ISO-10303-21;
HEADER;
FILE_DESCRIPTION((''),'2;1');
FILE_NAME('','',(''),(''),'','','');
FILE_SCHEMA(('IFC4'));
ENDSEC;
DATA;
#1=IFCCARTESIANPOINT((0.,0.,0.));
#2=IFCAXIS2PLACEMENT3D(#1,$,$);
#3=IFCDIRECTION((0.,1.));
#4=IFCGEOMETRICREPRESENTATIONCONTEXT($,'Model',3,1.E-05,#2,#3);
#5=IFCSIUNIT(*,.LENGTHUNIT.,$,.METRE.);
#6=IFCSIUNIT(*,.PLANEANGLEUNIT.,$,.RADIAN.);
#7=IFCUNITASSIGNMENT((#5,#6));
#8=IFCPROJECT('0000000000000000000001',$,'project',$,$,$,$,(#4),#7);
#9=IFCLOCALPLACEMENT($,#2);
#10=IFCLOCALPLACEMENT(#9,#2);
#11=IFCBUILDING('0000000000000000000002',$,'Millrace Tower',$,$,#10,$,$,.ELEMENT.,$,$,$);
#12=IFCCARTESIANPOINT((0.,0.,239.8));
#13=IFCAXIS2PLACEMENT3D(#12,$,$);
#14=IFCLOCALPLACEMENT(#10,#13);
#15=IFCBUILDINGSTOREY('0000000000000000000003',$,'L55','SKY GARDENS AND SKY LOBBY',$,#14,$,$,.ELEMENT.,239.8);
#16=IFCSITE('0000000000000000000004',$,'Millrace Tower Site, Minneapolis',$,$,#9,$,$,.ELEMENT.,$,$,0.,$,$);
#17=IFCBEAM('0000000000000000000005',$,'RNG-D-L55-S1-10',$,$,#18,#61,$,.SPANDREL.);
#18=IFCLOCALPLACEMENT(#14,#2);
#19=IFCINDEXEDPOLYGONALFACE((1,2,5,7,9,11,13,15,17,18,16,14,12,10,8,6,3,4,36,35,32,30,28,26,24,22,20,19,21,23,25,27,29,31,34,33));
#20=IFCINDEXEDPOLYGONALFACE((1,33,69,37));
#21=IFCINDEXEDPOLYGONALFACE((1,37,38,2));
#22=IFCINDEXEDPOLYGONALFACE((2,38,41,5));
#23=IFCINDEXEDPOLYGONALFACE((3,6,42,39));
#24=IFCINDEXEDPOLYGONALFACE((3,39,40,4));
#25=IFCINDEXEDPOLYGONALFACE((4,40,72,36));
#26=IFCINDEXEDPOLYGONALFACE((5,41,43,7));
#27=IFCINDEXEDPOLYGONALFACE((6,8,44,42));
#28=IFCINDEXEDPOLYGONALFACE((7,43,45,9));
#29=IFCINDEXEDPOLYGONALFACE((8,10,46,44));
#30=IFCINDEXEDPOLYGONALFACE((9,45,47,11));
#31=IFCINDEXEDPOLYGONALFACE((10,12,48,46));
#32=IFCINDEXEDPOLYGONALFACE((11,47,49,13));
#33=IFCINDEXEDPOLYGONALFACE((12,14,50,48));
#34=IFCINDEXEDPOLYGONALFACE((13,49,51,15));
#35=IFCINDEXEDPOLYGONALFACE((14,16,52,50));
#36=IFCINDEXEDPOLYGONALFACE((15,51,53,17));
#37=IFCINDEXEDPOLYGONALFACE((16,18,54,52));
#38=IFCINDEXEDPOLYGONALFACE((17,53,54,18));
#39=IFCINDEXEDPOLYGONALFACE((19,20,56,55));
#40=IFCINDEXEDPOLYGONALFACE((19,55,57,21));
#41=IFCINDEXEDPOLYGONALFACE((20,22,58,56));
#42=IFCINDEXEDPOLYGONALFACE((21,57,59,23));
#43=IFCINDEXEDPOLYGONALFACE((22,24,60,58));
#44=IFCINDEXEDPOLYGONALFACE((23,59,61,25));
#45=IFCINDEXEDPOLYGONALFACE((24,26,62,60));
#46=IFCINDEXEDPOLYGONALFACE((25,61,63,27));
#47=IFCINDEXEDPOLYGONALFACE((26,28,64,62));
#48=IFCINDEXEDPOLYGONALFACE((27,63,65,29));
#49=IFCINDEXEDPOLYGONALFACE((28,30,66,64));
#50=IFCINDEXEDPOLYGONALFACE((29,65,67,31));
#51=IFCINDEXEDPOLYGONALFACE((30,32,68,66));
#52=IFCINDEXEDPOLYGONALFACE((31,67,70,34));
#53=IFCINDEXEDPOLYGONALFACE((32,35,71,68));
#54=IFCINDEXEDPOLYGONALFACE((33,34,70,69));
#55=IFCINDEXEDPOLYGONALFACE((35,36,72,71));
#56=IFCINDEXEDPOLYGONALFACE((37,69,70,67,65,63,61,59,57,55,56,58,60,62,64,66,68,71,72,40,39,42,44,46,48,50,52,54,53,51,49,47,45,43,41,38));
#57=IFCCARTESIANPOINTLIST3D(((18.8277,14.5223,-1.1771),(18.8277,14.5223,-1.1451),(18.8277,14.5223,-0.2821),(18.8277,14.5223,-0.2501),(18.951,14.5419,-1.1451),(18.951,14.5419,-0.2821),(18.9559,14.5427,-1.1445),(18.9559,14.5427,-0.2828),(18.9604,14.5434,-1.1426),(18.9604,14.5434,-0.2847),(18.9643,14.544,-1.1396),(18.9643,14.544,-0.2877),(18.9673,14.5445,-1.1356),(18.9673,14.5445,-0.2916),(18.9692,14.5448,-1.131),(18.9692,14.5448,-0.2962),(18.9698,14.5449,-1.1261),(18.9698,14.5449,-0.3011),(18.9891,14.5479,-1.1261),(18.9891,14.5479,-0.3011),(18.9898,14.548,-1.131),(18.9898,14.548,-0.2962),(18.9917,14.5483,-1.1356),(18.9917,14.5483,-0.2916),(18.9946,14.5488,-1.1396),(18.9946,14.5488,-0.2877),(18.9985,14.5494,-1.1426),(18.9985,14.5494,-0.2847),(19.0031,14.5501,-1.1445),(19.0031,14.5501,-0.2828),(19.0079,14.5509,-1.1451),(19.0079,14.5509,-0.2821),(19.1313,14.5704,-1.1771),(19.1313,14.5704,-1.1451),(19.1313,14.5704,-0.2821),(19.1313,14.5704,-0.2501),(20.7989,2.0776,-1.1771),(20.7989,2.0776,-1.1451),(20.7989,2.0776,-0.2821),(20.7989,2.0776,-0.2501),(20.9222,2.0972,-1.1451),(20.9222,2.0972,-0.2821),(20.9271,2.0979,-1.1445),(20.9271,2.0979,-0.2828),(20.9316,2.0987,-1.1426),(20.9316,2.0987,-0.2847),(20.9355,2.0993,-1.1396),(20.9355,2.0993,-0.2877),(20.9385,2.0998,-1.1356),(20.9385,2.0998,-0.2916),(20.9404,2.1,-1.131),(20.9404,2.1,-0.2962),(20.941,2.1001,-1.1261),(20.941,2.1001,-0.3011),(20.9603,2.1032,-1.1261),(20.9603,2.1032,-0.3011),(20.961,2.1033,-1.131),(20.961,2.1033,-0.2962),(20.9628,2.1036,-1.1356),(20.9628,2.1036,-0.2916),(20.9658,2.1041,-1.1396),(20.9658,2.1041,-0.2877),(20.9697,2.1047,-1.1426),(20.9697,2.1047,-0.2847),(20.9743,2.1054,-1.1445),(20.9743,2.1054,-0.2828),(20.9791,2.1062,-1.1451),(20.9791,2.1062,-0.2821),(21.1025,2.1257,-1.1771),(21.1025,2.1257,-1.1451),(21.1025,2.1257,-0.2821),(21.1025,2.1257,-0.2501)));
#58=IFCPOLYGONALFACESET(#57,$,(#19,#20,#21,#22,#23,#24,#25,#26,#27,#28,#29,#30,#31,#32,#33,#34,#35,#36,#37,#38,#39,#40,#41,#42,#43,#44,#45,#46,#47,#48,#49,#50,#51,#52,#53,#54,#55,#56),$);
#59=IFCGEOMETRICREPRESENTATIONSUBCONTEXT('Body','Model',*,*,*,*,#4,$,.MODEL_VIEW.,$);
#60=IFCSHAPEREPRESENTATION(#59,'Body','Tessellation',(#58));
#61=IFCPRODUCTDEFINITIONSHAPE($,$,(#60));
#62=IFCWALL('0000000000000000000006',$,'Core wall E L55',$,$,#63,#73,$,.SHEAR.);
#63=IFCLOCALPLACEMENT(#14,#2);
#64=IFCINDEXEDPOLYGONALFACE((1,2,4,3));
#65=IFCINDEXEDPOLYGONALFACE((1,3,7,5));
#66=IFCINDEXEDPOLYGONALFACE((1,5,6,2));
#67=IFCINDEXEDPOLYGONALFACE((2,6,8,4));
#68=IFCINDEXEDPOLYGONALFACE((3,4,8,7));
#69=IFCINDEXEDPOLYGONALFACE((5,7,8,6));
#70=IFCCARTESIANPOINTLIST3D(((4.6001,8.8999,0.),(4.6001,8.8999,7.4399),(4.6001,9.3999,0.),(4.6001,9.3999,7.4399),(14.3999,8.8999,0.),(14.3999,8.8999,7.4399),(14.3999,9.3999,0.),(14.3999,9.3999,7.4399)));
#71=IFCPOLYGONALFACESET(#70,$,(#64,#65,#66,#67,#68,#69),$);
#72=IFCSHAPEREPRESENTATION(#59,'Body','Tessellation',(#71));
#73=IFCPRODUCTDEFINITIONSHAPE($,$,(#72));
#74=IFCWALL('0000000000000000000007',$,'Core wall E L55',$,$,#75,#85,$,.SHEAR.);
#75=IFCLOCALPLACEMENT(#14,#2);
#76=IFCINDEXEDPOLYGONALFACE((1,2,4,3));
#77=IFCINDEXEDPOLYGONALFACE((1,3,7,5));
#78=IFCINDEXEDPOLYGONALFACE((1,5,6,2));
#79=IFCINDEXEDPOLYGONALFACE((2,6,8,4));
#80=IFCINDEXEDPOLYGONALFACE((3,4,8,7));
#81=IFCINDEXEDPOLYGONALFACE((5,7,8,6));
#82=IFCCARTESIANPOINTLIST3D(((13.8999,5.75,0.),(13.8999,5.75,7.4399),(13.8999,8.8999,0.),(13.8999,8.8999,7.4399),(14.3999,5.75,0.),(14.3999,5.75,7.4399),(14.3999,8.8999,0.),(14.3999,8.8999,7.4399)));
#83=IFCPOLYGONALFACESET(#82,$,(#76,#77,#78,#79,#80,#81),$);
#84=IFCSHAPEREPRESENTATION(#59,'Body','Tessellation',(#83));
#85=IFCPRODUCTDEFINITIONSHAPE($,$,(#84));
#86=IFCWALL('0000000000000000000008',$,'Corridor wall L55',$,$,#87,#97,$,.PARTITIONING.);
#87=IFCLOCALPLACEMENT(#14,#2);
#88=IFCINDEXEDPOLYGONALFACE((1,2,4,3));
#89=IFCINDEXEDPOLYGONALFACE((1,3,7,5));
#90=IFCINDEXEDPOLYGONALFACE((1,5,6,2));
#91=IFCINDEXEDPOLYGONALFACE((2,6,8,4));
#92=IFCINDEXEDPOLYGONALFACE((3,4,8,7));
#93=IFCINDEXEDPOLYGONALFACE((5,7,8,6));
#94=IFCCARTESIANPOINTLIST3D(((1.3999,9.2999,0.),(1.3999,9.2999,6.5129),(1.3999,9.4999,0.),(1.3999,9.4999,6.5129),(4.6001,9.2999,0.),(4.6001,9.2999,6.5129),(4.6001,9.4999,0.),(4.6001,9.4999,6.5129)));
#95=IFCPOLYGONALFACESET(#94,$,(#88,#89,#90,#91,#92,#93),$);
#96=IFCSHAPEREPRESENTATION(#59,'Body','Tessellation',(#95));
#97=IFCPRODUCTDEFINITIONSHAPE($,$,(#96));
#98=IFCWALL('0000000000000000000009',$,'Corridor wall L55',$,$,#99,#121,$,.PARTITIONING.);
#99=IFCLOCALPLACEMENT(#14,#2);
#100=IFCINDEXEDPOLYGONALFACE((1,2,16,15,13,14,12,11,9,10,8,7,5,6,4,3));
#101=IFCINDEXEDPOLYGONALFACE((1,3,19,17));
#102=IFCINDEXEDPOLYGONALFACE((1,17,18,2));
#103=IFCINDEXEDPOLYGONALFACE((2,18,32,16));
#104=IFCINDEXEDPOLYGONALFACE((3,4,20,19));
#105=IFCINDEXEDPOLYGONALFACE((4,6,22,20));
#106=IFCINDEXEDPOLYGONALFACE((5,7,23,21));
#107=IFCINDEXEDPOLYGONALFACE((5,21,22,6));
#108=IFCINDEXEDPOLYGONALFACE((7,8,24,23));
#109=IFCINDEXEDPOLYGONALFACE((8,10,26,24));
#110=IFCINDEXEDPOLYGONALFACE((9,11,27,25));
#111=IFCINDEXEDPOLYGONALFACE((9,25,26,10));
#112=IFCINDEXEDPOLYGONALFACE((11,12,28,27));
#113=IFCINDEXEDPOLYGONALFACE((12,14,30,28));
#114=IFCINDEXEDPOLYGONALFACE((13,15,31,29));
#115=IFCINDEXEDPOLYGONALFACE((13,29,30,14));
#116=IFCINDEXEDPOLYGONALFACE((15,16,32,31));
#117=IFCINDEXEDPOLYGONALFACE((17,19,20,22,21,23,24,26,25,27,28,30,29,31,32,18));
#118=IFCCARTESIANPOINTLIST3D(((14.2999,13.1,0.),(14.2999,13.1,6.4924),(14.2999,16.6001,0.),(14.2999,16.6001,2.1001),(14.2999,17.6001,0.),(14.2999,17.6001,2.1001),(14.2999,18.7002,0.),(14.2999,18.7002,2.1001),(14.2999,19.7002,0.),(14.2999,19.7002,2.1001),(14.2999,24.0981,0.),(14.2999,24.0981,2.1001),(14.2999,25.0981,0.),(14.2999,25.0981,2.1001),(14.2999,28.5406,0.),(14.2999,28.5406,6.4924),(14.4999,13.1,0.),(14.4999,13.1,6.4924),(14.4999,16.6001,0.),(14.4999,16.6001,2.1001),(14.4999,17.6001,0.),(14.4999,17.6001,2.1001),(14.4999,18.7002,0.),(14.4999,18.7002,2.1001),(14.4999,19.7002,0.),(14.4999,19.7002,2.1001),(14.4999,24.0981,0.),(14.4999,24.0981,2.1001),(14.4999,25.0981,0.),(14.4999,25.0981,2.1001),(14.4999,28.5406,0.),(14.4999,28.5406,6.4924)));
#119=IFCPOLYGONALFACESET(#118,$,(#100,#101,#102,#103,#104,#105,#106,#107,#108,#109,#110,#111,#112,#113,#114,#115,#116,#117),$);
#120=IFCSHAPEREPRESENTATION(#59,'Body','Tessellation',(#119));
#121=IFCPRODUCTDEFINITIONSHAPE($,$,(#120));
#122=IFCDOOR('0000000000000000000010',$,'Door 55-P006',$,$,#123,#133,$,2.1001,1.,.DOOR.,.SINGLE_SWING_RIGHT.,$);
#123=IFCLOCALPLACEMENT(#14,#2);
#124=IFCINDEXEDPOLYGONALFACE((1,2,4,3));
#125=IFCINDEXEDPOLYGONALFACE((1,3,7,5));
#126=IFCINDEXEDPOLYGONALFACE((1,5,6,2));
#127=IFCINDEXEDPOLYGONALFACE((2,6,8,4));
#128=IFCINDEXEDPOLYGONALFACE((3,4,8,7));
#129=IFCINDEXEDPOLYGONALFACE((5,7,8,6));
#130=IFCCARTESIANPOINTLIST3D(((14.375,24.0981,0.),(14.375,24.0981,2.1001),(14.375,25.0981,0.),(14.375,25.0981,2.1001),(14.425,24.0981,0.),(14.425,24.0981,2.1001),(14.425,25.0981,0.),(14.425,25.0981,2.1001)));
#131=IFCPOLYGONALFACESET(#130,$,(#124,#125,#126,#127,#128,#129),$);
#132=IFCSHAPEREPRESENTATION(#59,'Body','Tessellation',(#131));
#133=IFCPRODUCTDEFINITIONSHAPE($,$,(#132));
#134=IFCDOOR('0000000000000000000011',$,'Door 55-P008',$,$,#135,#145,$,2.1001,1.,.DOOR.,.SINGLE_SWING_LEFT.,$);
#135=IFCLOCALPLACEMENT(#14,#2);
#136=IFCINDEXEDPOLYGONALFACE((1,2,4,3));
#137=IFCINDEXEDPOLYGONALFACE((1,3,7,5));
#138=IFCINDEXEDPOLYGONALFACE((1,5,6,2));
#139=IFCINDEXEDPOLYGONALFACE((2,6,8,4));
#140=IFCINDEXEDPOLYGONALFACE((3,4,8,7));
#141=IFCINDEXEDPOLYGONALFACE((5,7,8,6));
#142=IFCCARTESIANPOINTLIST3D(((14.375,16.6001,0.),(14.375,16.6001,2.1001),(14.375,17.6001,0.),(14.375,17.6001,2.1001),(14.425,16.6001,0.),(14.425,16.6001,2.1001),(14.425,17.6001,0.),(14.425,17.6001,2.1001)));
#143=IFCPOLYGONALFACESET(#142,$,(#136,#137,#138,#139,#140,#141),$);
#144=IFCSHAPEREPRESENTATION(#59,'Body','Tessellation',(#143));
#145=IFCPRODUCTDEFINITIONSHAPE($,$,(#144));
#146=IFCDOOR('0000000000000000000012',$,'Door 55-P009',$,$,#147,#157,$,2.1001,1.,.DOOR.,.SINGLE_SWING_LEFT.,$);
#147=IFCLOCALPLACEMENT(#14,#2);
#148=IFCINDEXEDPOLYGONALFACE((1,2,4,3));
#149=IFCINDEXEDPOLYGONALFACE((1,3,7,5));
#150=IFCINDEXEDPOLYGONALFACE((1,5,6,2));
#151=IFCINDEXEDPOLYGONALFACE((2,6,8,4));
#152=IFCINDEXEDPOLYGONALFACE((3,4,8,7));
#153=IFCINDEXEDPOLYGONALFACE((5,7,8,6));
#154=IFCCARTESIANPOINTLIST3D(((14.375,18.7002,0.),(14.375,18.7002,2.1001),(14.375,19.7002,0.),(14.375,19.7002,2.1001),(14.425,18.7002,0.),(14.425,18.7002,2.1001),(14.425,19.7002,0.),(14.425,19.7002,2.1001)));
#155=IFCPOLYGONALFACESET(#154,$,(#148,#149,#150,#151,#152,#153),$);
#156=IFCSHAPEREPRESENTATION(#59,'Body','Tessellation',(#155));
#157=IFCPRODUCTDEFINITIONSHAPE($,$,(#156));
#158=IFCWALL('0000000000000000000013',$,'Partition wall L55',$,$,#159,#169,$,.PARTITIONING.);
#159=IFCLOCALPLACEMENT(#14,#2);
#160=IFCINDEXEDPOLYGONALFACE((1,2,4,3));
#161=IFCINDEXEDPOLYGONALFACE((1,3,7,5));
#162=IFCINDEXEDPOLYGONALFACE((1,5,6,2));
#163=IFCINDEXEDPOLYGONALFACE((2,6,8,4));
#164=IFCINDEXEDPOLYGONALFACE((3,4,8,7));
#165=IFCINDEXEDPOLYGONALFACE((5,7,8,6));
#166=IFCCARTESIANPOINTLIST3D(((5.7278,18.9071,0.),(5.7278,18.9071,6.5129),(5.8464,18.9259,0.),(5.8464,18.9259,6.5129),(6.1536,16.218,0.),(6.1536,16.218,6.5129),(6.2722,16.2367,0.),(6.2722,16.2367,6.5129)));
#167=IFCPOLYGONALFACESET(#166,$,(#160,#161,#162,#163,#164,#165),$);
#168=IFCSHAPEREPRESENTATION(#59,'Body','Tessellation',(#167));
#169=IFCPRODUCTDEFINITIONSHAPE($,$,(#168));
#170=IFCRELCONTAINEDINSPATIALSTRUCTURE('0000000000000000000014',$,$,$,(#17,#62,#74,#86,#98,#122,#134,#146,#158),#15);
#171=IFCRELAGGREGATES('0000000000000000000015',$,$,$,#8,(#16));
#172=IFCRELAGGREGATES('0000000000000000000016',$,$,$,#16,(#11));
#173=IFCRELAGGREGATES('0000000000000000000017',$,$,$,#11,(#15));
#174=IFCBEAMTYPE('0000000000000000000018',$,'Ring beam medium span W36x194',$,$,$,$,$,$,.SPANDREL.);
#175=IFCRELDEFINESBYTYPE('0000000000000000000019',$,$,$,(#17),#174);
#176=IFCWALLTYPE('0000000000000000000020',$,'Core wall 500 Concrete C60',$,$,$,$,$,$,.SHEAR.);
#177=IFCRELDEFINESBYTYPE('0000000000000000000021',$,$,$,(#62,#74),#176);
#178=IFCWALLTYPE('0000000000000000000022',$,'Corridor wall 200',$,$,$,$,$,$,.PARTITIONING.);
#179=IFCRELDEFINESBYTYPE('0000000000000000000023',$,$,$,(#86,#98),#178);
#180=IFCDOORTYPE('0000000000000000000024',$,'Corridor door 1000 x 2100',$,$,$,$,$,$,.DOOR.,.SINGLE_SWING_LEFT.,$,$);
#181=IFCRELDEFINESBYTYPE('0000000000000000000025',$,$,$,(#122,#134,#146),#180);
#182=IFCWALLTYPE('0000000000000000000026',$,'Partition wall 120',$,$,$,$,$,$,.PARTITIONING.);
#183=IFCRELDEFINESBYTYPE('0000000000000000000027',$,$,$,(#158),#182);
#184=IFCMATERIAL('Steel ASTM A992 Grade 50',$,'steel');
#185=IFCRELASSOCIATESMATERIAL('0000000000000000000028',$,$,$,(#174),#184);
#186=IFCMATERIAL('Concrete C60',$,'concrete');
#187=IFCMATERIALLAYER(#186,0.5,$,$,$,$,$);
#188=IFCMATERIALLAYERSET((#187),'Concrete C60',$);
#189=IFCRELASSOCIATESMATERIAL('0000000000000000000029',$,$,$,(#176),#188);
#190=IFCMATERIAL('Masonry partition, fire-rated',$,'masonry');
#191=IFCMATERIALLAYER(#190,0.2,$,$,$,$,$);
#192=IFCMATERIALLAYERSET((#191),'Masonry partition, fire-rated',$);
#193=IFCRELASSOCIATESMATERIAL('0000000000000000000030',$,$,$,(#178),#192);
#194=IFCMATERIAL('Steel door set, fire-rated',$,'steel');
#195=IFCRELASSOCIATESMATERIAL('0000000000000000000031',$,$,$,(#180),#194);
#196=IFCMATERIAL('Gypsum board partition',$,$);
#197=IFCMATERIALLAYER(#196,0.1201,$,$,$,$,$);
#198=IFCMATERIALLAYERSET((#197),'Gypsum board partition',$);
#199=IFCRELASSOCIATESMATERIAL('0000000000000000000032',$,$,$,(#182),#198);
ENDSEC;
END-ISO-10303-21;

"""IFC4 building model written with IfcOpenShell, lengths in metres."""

from ifc_helpers import new_model, si_unit, direction, frame, frame_2d, origin, origin_2d, place, context, subcontext, project, spatial, rectangle, i_section, extrude, material, layer, layer_set, material_profile, profile_set, type_object, element, fill, save


model = new_model("IFC4")

# Units and contexts
model_context = context("Model", 3, precision=1e-05, world=origin(), true_north=direction((0.0, 1.0)))
body_context = subcontext(model_context, "Body", "Model", "MODEL_VIEW")
ifc_project = project(units=[si_unit("LENGTHUNIT", "METRE"), si_unit("PLANEANGLEUNIT", "RADIAN")], contexts=[model_context])

# Site, building, storey
site_placement = place(None, origin())
site = spatial("IfcSite", under=ifc_project, at=site_placement, Name="Millrace Tower Site, Minneapolis", CompositionType="ELEMENT", RefElevation=0.0)
building_placement = place(site_placement, origin())
building = spatial("IfcBuilding", under=site, at=building_placement, Name="Millrace Tower", CompositionType="ELEMENT")
storey_placement = place(building_placement, frame((0.0, 0.0, 239.8)))
storey = spatial("IfcBuildingStorey", under=building, at=storey_placement, Name="L55", Description="SKY GARDENS AND SKY LOBBY", CompositionType="ELEMENT", Elevation=239.8)

# Beam
ifc_material_1 = material(Name="Steel ASTM A992 Grade 50", Category="steel")
ifc_material_profile_1 = material_profile(ifc_material_1, i_section(OverallWidth=0.3074, OverallDepth=0.927, WebThickness=0.0195, FlangeThickness=0.032, FilletRadius=0.019, at=origin_2d()))
ifc_profile_set_1 = profile_set([ifc_material_profile_1], Name="Steel ASTM A992 Grade 50")
beam_type_1 = type_object("IfcBeamType", Name="Ring beam medium span W36x194", PredefinedType="SPANDREL", material=ifc_profile_set_1)
beam_1_placement = place(storey_placement, frame((18.9795, 14.5464, -0.7136), z_axis=(0.156444, -0.987687, 0.0), x_axis=(0.987687, 0.156444, 0.0)))
element("IfcBeam", 1, at=beam_1_placement, inside=storey, type_object=beam_type_1, Name="RNG-D-L55-S1-10", PredefinedType="SPANDREL", context=body_context, shape_type="SweptSolid", body=[
    extrude(i_section(OverallWidth=0.3074, OverallDepth=0.927, WebThickness=0.0195, FlangeThickness=0.032, FilletRadius=0.019, at=origin_2d()), origin(), (0.0, 0.0, 1.0), 12.5999),
])

# Walls
ifc_material_2 = material(Name="Concrete C60", Category="concrete")
ifc_layer_1 = layer(ifc_material_2, 0.5)
ifc_layer_set_1 = layer_set([ifc_layer_1], Name="Concrete C60")
wall_type_1 = type_object("IfcWallType", Name="Core wall 500 Concrete C60", PredefinedType="SHEAR", material=ifc_layer_set_1)
wall_1_placement = place(storey_placement, frame((14.3999, 9.1499, 0.0), z_axis=(0.0, 0.0, 1.0), x_axis=(-1.0, 0.0, 0.0)))
element("IfcWall", 2, at=wall_1_placement, inside=storey, type_object=wall_type_1, Name="Core wall E L55", PredefinedType="SHEAR", context=body_context, shape_type="SweptSolid", body=[
    extrude(rectangle(XDim=9.7998, YDim=0.5, at=frame_2d((4.8999, 0.0))), origin(), (0.0, 0.0, 1.0), 7.4399),
])
wall_2_placement = place(storey_placement, frame((14.1499, 8.8999, 0.0), z_axis=(0.0, 0.0, 1.0), x_axis=(0.0, -1.0, 0.0)))
element("IfcWall", 3, at=wall_2_placement, inside=storey, type_object=wall_type_1, Name="Core wall E L55", PredefinedType="SHEAR", context=body_context, shape_type="SweptSolid", body=[
    extrude(rectangle(XDim=3.1499, YDim=0.5, at=frame_2d((1.575, 0.0))), origin(), (0.0, 0.0, 1.0), 7.4399),
])
ifc_material_3 = material(Name="Masonry partition, fire-rated", Category="masonry")
ifc_layer_2 = layer(ifc_material_3, 0.2)
ifc_layer_set_2 = layer_set([ifc_layer_2], Name="Masonry partition, fire-rated")
wall_type_2 = type_object("IfcWallType", Name="Corridor wall 200", PredefinedType="PARTITIONING", material=ifc_layer_set_2)
wall_3_placement = place(storey_placement, frame((1.3999, 9.3999, 0.0), z_axis=(0.0, 0.0, 1.0), x_axis=(1.0, 0.0, 0.0)))
element("IfcWall", 4, at=wall_3_placement, inside=storey, type_object=wall_type_2, Name="Corridor wall L55", PredefinedType="PARTITIONING", context=body_context, shape_type="SweptSolid", body=[
    extrude(rectangle(XDim=3.2002, YDim=0.2, at=frame_2d((1.6001, 0.0))), origin(), (0.0, 0.0, 1.0), 6.5129),
])

# Wall, openings, doors
wall_4_placement = place(storey_placement, frame((14.3999, 13.1001, 0.0), z_axis=(0.0, 0.0, 1.0), x_axis=(0.0, 1.0, 0.0)))
wall_4 = element("IfcWall", 5, at=wall_4_placement, inside=storey, type_object=wall_type_2, Name="Corridor wall L55", PredefinedType="PARTITIONING", context=body_context, shape_type="SweptSolid", body=[
    extrude(rectangle(XDim=15.4407, YDim=0.2, at=frame_2d((7.7202, 0.0))), origin(), (0.0, 0.0, 1.0), 6.4924),
])
opening_1_placement = place(wall_4_placement, frame((10.998, 0.0, 0.0)))
opening_1 = element("IfcOpeningElement", 6, at=opening_1_placement, cuts=wall_4, PredefinedType="OPENING", context=body_context, shape_type="SweptSolid", body=[
    extrude(rectangle(XDim=1.0, YDim=2.1001, at=frame_2d((0.5, 1.05))), frame((0.0, 0.1099, 0.0), z_axis=(0.0, -1.0, 0.0), x_axis=(1.0, 0.0, 0.0)), (0.0, 0.0, 1.0), 0.22),
])
opening_2_placement = place(wall_4_placement, frame((3.5, 0.0, 0.0)))
opening_2 = element("IfcOpeningElement", 7, at=opening_2_placement, cuts=wall_4, PredefinedType="OPENING", context=body_context, shape_type="SweptSolid", body=[
    extrude(rectangle(XDim=1.0, YDim=2.1001, at=frame_2d((0.5, 1.05))), frame((0.0, 0.1099, 0.0), z_axis=(0.0, -1.0, 0.0), x_axis=(1.0, 0.0, 0.0)), (0.0, 0.0, 1.0), 0.22),
])
opening_3_placement = place(wall_4_placement, frame((5.6001, 0.0, 0.0)))
opening_3 = element("IfcOpeningElement", 8, at=opening_3_placement, cuts=wall_4, PredefinedType="OPENING", context=body_context, shape_type="SweptSolid", body=[
    extrude(rectangle(XDim=1.0, YDim=2.1001, at=frame_2d((0.5, 1.05))), frame((0.0, 0.1099, 0.0), z_axis=(0.0, -1.0, 0.0), x_axis=(1.0, 0.0, 0.0)), (0.0, 0.0, 1.0), 0.22),
])
ifc_material_4 = material(Name="Steel door set, fire-rated", Category="steel")
door_type = type_object("IfcDoorType", Name="Corridor door 1000 x 2100", OperationType="SINGLE_SWING_LEFT", PredefinedType="DOOR", material=ifc_material_4)
door_1_placement = place(opening_1_placement, origin())
door_1 = element("IfcDoor", 9, at=door_1_placement, inside=storey, type_object=door_type, Name="Door 55-P006", OperationType="SINGLE_SWING_RIGHT", OverallHeight=2.1001, OverallWidth=1.0, PredefinedType="DOOR", context=body_context, shape_type="SweptSolid", body=[
    extrude(rectangle(XDim=1.0, YDim=2.1001, at=frame_2d((0.5, 1.05))), frame((0.0, 0.0249, 0.0), z_axis=(0.0, -1.0, 0.0), x_axis=(1.0, 0.0, 0.0)), (0.0, 0.0, 1.0), 0.05),
])
fill(opening_1, door_1)
door_2_placement = place(opening_2_placement, origin())
door_2 = element("IfcDoor", 10, at=door_2_placement, inside=storey, type_object=door_type, Name="Door 55-P008", OperationType="SINGLE_SWING_LEFT", OverallHeight=2.1001, OverallWidth=1.0, PredefinedType="DOOR", context=body_context, shape_type="SweptSolid", body=[
    extrude(rectangle(XDim=1.0, YDim=2.1001, at=frame_2d((0.5, 1.05))), frame((0.0, 0.0249, 0.0), z_axis=(0.0, -1.0, 0.0), x_axis=(1.0, 0.0, 0.0)), (0.0, 0.0, 1.0), 0.05),
])
fill(opening_2, door_2)
door_3_placement = place(opening_3_placement, origin())
door_3 = element("IfcDoor", 11, at=door_3_placement, inside=storey, type_object=door_type, Name="Door 55-P009", OperationType="SINGLE_SWING_LEFT", OverallHeight=2.1001, OverallWidth=1.0, PredefinedType="DOOR", context=body_context, shape_type="SweptSolid", body=[
    extrude(rectangle(XDim=1.0, YDim=2.1001, at=frame_2d((0.5, 1.05))), frame((0.0, 0.0249, 0.0), z_axis=(0.0, -1.0, 0.0), x_axis=(1.0, 0.0, 0.0)), (0.0, 0.0, 1.0), 0.05),
])
fill(opening_3, door_3)

# Wall
ifc_material_5 = material(Name="Gypsum board partition")
ifc_layer_3 = layer(ifc_material_5, 0.1201)
ifc_layer_set_3 = layer_set([ifc_layer_3], Name="Gypsum board partition")
wall_type_3 = type_object("IfcWallType", Name="Partition wall 120", PredefinedType="PARTITIONING", material=ifc_layer_set_3)
wall_5_placement = place(storey_placement, frame((5.7871, 18.9165, 0.0), z_axis=(0.0, 0.0, 1.0), x_axis=(0.156382, -0.987697, 0.0)))
element("IfcWall", 12, at=wall_5_placement, inside=storey, type_object=wall_type_3, Name="Partition wall L55", PredefinedType="PARTITIONING", context=body_context, shape_type="SweptSolid", body=[
    extrude(rectangle(XDim=2.7227, YDim=0.1201, at=frame_2d((1.3613, 0.0))), origin(), (0.0, 0.0, 1.0), 6.5129),
])

save(model, "model.ifc")
